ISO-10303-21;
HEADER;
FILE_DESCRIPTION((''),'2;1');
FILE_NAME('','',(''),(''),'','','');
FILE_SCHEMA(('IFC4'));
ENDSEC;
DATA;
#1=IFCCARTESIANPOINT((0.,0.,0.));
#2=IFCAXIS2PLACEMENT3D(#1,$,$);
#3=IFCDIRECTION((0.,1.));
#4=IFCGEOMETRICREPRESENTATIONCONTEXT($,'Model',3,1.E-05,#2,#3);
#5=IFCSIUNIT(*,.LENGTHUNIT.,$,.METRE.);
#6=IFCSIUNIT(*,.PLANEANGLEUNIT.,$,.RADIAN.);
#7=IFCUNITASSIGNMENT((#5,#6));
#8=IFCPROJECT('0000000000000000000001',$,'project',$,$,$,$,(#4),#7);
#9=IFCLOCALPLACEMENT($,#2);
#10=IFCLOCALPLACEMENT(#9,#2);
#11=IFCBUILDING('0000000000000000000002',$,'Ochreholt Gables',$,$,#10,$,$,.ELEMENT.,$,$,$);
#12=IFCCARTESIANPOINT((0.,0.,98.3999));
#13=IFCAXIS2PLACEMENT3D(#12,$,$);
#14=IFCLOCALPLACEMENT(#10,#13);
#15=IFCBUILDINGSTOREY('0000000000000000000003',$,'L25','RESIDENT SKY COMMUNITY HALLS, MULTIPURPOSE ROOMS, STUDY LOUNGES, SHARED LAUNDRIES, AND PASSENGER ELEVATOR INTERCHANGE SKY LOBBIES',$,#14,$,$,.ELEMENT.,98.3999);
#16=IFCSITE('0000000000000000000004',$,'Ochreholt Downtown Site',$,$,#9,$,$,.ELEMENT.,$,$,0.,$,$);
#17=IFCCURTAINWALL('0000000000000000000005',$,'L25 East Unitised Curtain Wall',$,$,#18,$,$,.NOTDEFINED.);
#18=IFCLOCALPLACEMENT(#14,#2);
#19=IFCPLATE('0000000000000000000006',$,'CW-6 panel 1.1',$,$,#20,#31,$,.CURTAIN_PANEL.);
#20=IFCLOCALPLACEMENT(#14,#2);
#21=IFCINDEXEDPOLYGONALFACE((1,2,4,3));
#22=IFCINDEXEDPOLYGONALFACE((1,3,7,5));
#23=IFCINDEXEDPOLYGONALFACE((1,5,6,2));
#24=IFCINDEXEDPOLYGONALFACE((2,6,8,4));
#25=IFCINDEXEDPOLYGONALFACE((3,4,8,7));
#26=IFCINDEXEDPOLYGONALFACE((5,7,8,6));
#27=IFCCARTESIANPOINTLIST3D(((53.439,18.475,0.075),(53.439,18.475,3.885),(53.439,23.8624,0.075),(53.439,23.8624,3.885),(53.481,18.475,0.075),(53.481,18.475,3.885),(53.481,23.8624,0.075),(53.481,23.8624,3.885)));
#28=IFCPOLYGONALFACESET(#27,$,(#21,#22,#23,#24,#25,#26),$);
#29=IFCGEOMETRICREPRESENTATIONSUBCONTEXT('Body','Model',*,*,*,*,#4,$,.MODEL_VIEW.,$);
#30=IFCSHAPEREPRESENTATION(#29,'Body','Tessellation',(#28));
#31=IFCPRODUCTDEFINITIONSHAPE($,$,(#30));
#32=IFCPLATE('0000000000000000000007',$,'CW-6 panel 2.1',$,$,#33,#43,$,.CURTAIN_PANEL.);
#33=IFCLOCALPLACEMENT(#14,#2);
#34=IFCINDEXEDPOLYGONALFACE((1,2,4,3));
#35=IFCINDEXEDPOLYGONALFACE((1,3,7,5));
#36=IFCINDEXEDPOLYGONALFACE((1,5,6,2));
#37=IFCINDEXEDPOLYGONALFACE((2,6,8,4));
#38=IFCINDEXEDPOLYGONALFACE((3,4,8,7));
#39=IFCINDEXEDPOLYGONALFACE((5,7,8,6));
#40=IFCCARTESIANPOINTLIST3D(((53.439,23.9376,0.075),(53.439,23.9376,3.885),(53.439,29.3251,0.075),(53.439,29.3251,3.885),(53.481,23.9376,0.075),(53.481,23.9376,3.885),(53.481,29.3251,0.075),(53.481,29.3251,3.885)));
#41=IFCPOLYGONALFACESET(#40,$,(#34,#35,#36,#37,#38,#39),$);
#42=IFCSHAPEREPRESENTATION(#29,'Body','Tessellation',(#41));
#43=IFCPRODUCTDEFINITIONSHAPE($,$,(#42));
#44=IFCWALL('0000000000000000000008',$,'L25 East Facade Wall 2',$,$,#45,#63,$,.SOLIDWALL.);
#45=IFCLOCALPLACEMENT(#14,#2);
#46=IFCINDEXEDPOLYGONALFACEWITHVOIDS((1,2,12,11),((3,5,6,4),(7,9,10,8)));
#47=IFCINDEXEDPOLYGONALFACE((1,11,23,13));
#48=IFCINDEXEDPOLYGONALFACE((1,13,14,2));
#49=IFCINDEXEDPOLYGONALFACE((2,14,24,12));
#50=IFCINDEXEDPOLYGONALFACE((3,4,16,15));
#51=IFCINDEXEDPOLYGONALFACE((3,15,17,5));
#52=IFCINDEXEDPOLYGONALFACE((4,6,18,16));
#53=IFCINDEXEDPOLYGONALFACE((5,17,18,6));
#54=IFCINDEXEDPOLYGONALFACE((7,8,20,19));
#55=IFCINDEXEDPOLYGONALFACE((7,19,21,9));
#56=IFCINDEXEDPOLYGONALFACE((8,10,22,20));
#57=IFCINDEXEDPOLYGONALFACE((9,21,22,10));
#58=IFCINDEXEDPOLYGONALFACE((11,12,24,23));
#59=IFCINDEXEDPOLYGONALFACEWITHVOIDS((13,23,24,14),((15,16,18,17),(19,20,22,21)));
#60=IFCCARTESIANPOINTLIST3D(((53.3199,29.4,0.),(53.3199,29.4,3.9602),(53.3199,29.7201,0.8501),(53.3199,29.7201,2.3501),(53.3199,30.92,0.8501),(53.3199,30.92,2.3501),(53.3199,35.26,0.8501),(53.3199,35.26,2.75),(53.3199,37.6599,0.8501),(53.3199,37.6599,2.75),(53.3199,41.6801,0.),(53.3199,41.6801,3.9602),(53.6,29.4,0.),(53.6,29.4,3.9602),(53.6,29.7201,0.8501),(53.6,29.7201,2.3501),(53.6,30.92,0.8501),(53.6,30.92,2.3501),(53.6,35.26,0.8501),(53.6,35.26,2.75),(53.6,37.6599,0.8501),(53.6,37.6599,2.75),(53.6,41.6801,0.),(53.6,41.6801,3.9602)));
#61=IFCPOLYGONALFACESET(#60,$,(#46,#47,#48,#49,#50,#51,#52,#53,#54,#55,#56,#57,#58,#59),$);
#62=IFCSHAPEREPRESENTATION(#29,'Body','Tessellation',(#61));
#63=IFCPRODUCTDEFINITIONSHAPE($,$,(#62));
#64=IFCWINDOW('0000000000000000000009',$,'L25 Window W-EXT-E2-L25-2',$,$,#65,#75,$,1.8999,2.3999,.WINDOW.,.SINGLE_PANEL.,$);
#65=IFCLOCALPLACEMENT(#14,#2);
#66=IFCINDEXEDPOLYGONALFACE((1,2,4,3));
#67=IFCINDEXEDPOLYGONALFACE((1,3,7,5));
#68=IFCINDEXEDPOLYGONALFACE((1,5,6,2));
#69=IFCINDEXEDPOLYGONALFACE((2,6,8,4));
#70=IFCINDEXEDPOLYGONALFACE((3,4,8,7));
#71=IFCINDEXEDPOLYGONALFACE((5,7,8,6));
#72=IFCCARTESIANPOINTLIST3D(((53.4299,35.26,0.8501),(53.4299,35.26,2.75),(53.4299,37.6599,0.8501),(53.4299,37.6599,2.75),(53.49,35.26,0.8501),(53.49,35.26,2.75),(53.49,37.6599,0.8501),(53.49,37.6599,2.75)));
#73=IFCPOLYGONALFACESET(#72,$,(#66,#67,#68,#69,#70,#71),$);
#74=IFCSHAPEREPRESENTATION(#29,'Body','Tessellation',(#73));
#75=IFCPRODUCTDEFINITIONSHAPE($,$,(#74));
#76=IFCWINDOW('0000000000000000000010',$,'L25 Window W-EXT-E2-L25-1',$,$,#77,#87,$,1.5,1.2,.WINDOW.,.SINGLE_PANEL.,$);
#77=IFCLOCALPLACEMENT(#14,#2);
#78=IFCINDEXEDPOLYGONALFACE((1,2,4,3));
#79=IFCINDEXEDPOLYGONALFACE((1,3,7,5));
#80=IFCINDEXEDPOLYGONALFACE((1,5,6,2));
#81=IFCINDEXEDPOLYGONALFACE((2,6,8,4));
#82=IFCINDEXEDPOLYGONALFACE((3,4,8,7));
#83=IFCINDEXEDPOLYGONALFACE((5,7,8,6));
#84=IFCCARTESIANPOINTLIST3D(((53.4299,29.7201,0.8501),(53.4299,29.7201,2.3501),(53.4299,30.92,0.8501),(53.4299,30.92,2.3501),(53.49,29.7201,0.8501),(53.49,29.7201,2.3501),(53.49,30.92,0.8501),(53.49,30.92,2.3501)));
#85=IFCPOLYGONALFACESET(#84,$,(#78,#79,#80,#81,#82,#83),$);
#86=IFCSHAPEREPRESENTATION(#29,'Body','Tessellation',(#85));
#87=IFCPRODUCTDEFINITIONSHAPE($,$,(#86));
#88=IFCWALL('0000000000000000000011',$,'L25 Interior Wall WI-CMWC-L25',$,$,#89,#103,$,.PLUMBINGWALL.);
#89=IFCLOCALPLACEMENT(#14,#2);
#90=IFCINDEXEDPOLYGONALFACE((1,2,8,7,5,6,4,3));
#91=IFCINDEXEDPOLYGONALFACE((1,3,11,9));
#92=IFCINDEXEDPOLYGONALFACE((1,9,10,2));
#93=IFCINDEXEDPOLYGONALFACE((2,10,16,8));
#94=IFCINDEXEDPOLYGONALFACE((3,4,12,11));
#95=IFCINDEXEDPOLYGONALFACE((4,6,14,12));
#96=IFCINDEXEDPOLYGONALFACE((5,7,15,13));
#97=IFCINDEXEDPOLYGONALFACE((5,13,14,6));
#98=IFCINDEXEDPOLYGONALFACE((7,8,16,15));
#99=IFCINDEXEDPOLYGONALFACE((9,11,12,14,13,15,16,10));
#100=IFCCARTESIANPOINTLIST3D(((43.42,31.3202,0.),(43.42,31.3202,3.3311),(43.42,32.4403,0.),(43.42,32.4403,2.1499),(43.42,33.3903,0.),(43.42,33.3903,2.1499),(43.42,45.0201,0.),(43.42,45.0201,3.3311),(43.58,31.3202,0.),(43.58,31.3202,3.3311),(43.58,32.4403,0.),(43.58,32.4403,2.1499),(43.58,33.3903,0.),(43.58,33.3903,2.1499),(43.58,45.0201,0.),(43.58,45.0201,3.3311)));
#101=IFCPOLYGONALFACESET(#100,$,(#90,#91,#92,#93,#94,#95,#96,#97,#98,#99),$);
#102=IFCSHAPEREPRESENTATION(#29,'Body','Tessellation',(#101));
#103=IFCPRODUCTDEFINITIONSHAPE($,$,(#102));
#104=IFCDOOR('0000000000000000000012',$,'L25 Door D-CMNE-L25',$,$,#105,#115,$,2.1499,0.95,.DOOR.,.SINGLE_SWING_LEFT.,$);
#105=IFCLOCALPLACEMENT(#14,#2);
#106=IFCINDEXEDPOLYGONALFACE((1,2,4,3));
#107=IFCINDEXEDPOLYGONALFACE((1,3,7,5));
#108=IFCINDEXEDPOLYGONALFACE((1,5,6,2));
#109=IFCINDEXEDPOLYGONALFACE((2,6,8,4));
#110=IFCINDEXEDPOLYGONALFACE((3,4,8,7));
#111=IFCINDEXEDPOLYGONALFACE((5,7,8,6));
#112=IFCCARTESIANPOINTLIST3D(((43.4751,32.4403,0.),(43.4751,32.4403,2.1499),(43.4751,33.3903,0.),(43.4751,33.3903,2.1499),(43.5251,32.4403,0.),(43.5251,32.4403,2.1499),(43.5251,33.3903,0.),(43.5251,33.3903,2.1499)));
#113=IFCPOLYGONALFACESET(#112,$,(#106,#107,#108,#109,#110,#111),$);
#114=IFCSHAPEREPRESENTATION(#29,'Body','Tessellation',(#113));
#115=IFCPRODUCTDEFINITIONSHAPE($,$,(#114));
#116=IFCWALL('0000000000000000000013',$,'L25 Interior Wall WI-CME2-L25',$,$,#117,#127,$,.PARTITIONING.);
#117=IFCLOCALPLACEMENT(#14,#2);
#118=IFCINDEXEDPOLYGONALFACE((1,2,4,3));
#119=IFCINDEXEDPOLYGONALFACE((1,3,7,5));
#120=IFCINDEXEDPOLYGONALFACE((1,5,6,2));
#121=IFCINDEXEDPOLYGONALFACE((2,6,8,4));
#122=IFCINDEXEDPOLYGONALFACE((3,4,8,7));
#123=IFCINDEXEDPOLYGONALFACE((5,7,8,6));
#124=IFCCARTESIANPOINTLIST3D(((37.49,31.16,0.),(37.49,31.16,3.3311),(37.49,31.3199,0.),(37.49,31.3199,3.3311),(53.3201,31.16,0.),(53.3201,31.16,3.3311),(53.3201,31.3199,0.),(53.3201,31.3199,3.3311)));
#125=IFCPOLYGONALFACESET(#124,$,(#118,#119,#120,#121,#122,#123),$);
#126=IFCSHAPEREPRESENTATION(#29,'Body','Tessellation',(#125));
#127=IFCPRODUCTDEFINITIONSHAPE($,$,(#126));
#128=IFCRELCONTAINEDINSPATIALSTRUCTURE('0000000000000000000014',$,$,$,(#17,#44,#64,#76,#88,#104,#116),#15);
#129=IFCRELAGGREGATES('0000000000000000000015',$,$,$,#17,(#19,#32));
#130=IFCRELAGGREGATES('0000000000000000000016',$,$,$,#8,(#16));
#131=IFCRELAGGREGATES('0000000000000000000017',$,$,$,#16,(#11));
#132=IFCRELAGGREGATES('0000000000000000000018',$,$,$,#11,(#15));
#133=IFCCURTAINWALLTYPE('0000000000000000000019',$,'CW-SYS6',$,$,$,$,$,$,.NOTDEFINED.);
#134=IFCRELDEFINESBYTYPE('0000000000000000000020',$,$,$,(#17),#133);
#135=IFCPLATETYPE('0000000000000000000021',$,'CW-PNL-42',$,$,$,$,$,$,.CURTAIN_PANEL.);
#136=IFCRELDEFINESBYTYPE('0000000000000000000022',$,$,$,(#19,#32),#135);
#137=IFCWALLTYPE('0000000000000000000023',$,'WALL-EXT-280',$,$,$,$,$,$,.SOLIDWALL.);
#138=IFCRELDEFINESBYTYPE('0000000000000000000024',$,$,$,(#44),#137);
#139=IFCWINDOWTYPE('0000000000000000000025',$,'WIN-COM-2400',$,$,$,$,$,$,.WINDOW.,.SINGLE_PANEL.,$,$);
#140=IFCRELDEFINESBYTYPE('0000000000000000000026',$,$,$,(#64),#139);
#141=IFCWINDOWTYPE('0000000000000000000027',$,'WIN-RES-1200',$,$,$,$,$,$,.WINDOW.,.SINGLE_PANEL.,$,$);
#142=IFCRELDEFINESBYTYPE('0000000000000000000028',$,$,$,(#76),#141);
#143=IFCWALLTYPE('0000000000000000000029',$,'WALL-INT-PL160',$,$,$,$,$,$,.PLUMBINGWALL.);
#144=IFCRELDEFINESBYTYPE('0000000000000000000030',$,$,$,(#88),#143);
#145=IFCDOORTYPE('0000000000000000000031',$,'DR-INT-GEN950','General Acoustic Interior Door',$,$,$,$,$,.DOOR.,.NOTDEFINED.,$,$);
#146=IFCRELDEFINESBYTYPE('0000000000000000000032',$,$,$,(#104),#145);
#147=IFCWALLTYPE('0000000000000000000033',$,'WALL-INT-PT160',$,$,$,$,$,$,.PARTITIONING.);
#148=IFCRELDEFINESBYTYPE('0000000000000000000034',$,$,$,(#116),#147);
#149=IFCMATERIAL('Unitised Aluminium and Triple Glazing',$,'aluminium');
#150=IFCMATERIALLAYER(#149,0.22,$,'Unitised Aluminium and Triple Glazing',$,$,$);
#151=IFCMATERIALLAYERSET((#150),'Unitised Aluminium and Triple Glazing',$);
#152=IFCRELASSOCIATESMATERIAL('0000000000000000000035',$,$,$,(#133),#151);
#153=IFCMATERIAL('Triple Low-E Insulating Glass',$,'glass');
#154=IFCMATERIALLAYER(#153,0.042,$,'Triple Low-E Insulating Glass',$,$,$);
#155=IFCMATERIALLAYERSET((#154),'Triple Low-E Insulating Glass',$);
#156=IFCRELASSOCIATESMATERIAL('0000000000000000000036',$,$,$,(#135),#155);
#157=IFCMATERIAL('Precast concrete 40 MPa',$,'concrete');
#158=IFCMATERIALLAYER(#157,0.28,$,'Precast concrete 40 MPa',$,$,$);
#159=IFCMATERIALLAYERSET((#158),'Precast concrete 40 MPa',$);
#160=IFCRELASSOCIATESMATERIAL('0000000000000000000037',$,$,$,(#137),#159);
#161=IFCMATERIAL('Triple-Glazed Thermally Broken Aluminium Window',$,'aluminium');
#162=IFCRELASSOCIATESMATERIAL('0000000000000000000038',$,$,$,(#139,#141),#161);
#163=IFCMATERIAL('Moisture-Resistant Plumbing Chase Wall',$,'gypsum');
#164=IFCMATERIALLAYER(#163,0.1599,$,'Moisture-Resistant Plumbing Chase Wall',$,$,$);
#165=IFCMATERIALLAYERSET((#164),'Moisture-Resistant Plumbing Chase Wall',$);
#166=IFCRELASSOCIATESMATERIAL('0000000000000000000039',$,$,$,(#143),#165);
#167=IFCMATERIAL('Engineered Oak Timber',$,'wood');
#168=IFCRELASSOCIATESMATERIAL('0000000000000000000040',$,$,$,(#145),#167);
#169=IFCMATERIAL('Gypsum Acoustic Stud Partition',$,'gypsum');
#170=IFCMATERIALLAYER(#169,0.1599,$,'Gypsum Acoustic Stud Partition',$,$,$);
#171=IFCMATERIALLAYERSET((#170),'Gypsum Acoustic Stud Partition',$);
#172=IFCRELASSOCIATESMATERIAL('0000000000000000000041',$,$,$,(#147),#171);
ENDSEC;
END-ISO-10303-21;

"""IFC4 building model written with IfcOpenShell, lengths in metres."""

from ifc_helpers import new_model, si_unit, direction, frame, frame_2d, origin, origin_2d, place, context, subcontext, project, spatial, rectangle, extrude, material, layer, layer_set, type_object, element, fill, aggregate, save


model = new_model("IFC4")

# Units and contexts
model_context = context("Model", 3, precision=1e-05, world=origin(), true_north=direction((0.0, 1.0)))
body_context = subcontext(model_context, "Body", "Model", "MODEL_VIEW")
ifc_project = project(units=[si_unit("LENGTHUNIT", "METRE"), si_unit("PLANEANGLEUNIT", "RADIAN")], contexts=[model_context])

# Site, building, storey
site_placement = place(None, origin())
site = spatial("IfcSite", under=ifc_project, at=site_placement, Name="Ochreholt Downtown Site", CompositionType="ELEMENT", RefElevation=0.0)
building_placement = place(site_placement, origin())
building = spatial("IfcBuilding", under=site, at=building_placement, Name="Ochreholt Gables", CompositionType="ELEMENT")
storey_placement = place(building_placement, frame((0.0, 0.0, 98.3999)))
storey = spatial("IfcBuildingStorey", under=building, at=storey_placement, Name="L25", Description="RESIDENT SKY COMMUNITY HALLS, MULTIPURPOSE ROOMS, STUDY LOUNGES, SHARED LAUNDRIES, AND PASSENGER ELEVATOR INTERCHANGE SKY LOBBIES", CompositionType="ELEMENT", Elevation=98.3999)

# Curtain wall, plates
ifc_material_1 = material(Name="Unitised Aluminium and Triple Glazing", Category="aluminium")
ifc_layer_1 = layer(ifc_material_1, 0.22, Name="Unitised Aluminium and Triple Glazing")
ifc_layer_set_1 = layer_set([ifc_layer_1], Name="Unitised Aluminium and Triple Glazing")
curtain_wall_type = type_object("IfcCurtainWallType", Name="CW-SYS6", PredefinedType="NOTDEFINED", material=ifc_layer_set_1)
curtain_wall_placement = place(storey_placement, origin())
curtain_wall = element("IfcCurtainWall", 1, at=curtain_wall_placement, inside=storey, type_object=curtain_wall_type, Name="L25 East Unitised Curtain Wall", PredefinedType="NOTDEFINED")
ifc_material_2 = material(Name="Triple Low-E Insulating Glass", Category="glass")
ifc_layer_2 = layer(ifc_material_2, 0.042, Name="Triple Low-E Insulating Glass")
ifc_layer_set_2 = layer_set([ifc_layer_2], Name="Triple Low-E Insulating Glass")
plate_type = type_object("IfcPlateType", Name="CW-PNL-42", PredefinedType="CURTAIN_PANEL", material=ifc_layer_set_2)
plate_1_placement = place(storey_placement, frame((53.46, 21.1687, 0.075), z_axis=(0.0, 0.0, 1.0), x_axis=(0.0, 1.0, 0.0)))
plate_1 = element("IfcPlate", 2, at=plate_1_placement, type_object=plate_type, Name="CW-6 panel 1.1", PredefinedType="CURTAIN_PANEL", context=body_context, shape_type="SweptSolid", body=[
    extrude(rectangle(XDim=5.3875, YDim=0.042, at=origin_2d()), origin(), (0.0, 0.0, 1.0), 3.8101),
])
plate_2_placement = place(storey_placement, frame((53.46, 26.6313, 0.075), z_axis=(0.0, 0.0, 1.0), x_axis=(0.0, 1.0, 0.0)))
plate_2 = element("IfcPlate", 3, at=plate_2_placement, type_object=plate_type, Name="CW-6 panel 2.1", PredefinedType="CURTAIN_PANEL", context=body_context, shape_type="SweptSolid", body=[
    extrude(rectangle(XDim=5.3875, YDim=0.042, at=origin_2d()), origin(), (0.0, 0.0, 1.0), 3.8101),
])
aggregate(curtain_wall, [plate_1, plate_2])

# Wall, openings, windows
ifc_material_3 = material(Name="Precast concrete 40 MPa", Category="concrete")
ifc_layer_3 = layer(ifc_material_3, 0.28, Name="Precast concrete 40 MPa")
ifc_layer_set_3 = layer_set([ifc_layer_3], Name="Precast concrete 40 MPa")
wall_type_1 = type_object("IfcWallType", Name="WALL-EXT-280", PredefinedType="SOLIDWALL", material=ifc_layer_set_3)
wall_1_placement = place(storey_placement, frame((53.46, 29.3999, 0.0), z_axis=(0.0, 0.0, 1.0), x_axis=(0.0, 1.0, 0.0)))
wall_1 = element("IfcWall", 4, at=wall_1_placement, inside=storey, type_object=wall_type_1, Name="L25 East Facade Wall 2", PredefinedType="SOLIDWALL", context=body_context, shape_type="SweptSolid", body=[
    extrude(rectangle(XDim=12.28, YDim=0.28, at=frame_2d((6.1401, 0.0))), origin(), (0.0, 0.0, 1.0), 3.9602),
])
opening_1_placement = place(wall_1_placement, frame((0.3201, 0.0, 0.8501)))
opening_1 = element("IfcOpeningElement", 5, at=opening_1_placement, cuts=wall_1, PredefinedType="OPENING", context=body_context, shape_type="SweptSolid", body=[
    extrude(rectangle(XDim=1.2, YDim=1.5, at=frame_2d((0.6001, 0.75))), frame((0.0, 0.1499, 0.0), z_axis=(0.0, -1.0, 0.0), x_axis=(1.0, 0.0, 0.0)), (0.0, 0.0, 1.0), 0.3),
])
opening_2_placement = place(wall_1_placement, frame((5.8601, 0.0, 0.8501)))
opening_2 = element("IfcOpeningElement", 6, at=opening_2_placement, cuts=wall_1, PredefinedType="OPENING", context=body_context, shape_type="SweptSolid", body=[
    extrude(rectangle(XDim=2.3999, YDim=1.8999, at=frame_2d((1.2, 0.95))), frame((0.0, 0.1499, 0.0), z_axis=(0.0, -1.0, 0.0), x_axis=(1.0, 0.0, 0.0)), (0.0, 0.0, 1.0), 0.3),
])
ifc_material_4 = material(Name="Triple-Glazed Thermally Broken Aluminium Window", Category="aluminium")
window_type_1 = type_object("IfcWindowType", Name="WIN-COM-2400", PartitioningType="SINGLE_PANEL", PredefinedType="WINDOW", material=ifc_material_4)
window_1_placement = place(opening_2_placement, origin())
window_1 = element("IfcWindow", 7, at=window_1_placement, inside=storey, type_object=window_type_1, Name="L25 Window W-EXT-E2-L25-2", OverallHeight=1.8999, OverallWidth=2.3999, PartitioningType="SINGLE_PANEL", PredefinedType="WINDOW", context=body_context, shape_type="SweptSolid", body=[
    extrude(rectangle(XDim=2.3999, YDim=1.8999, at=frame_2d((1.2, 0.95))), frame((0.0, 0.03, 0.0), z_axis=(0.0, -1.0, 0.0), x_axis=(1.0, 0.0, 0.0)), (0.0, 0.0, 1.0), 0.0601),
])
fill(opening_2, window_1)
window_type_2 = type_object("IfcWindowType", Name="WIN-RES-1200", PartitioningType="SINGLE_PANEL", PredefinedType="WINDOW", material=ifc_material_4)
window_2_placement = place(opening_1_placement, origin())
window_2 = element("IfcWindow", 8, at=window_2_placement, inside=storey, type_object=window_type_2, Name="L25 Window W-EXT-E2-L25-1", OverallHeight=1.5, OverallWidth=1.2, PartitioningType="SINGLE_PANEL", PredefinedType="WINDOW", context=body_context, shape_type="SweptSolid", body=[
    extrude(rectangle(XDim=1.2, YDim=1.5, at=frame_2d((0.6001, 0.75))), frame((0.0, 0.03, 0.0), z_axis=(0.0, -1.0, 0.0), x_axis=(1.0, 0.0, 0.0)), (0.0, 0.0, 1.0), 0.0601),
])
fill(opening_1, window_2)

# Wall, opening, door
ifc_material_5 = material(Name="Moisture-Resistant Plumbing Chase Wall", Category="gypsum")
ifc_layer_4 = layer(ifc_material_5, 0.1599, Name="Moisture-Resistant Plumbing Chase Wall")
ifc_layer_set_4 = layer_set([ifc_layer_4], Name="Moisture-Resistant Plumbing Chase Wall")
wall_type_2 = type_object("IfcWallType", Name="WALL-INT-PL160", PredefinedType="PLUMBINGWALL", material=ifc_layer_set_4)
wall_2_placement = place(storey_placement, frame((43.5, 31.3201, 0.0), z_axis=(0.0, 0.0, 1.0), x_axis=(0.0, 1.0, 0.0)))
wall_2 = element("IfcWall", 9, at=wall_2_placement, inside=storey, type_object=wall_type_2, Name="L25 Interior Wall WI-CMWC-L25", PredefinedType="PLUMBINGWALL", context=body_context, shape_type="SweptSolid", body=[
    extrude(rectangle(XDim=13.7, YDim=0.1599, at=frame_2d((6.8501, 0.0))), origin(), (0.0, 0.0, 1.0), 3.3311),
])
opening_3_placement = place(wall_2_placement, frame((1.1201, 0.0, 0.0)))
opening_3 = element("IfcOpeningElement", 10, at=opening_3_placement, cuts=wall_2, PredefinedType="OPENING", context=body_context, shape_type="SweptSolid", body=[
    extrude(rectangle(XDim=0.95, YDim=2.1499, at=frame_2d((0.4751, 1.075))), frame((0.0, 0.0898, 0.0), z_axis=(0.0, -1.0, 0.0), x_axis=(1.0, 0.0, 0.0)), (0.0, 0.0, 1.0), 0.1799),
])
ifc_material_6 = material(Name="Engineered Oak Timber", Category="wood")
door_type = type_object("IfcDoorType", Name="DR-INT-GEN950", Description="General Acoustic Interior Door", OperationType="NOTDEFINED", PredefinedType="DOOR", material=ifc_material_6)
door_placement = place(opening_3_placement, origin())
door = element("IfcDoor", 11, at=door_placement, inside=storey, type_object=door_type, Name="L25 Door D-CMNE-L25", OperationType="SINGLE_SWING_LEFT", OverallHeight=2.1499, OverallWidth=0.95, PredefinedType="DOOR", context=body_context, shape_type="SweptSolid", body=[
    extrude(rectangle(XDim=0.95, YDim=2.1499, at=frame_2d((0.4751, 1.075))), frame((0.0, 0.0249, 0.0), z_axis=(0.0, -1.0, 0.0), x_axis=(1.0, 0.0, 0.0)), (0.0, 0.0, 1.0), 0.05),
])
fill(opening_3, door)

# Wall
ifc_material_7 = material(Name="Gypsum Acoustic Stud Partition", Category="gypsum")
ifc_layer_5 = layer(ifc_material_7, 0.1599, Name="Gypsum Acoustic Stud Partition")
ifc_layer_set_5 = layer_set([ifc_layer_5], Name="Gypsum Acoustic Stud Partition")
wall_type_3 = type_object("IfcWallType", Name="WALL-INT-PT160", PredefinedType="PARTITIONING", material=ifc_layer_set_5)
wall_3_placement = place(storey_placement, frame((37.49, 31.24, 0.0), z_axis=(0.0, 0.0, 1.0), x_axis=(1.0, 0.0, 0.0)))
element("IfcWall", 12, at=wall_3_placement, inside=storey, type_object=wall_type_3, Name="L25 Interior Wall WI-CME2-L25", PredefinedType="PARTITIONING", context=body_context, shape_type="SweptSolid", body=[
    extrude(rectangle(XDim=15.8301, YDim=0.1599, at=frame_2d((7.915, 0.0))), origin(), (0.0, 0.0, 1.0), 3.3311),
])

save(model, "model.ifc")
